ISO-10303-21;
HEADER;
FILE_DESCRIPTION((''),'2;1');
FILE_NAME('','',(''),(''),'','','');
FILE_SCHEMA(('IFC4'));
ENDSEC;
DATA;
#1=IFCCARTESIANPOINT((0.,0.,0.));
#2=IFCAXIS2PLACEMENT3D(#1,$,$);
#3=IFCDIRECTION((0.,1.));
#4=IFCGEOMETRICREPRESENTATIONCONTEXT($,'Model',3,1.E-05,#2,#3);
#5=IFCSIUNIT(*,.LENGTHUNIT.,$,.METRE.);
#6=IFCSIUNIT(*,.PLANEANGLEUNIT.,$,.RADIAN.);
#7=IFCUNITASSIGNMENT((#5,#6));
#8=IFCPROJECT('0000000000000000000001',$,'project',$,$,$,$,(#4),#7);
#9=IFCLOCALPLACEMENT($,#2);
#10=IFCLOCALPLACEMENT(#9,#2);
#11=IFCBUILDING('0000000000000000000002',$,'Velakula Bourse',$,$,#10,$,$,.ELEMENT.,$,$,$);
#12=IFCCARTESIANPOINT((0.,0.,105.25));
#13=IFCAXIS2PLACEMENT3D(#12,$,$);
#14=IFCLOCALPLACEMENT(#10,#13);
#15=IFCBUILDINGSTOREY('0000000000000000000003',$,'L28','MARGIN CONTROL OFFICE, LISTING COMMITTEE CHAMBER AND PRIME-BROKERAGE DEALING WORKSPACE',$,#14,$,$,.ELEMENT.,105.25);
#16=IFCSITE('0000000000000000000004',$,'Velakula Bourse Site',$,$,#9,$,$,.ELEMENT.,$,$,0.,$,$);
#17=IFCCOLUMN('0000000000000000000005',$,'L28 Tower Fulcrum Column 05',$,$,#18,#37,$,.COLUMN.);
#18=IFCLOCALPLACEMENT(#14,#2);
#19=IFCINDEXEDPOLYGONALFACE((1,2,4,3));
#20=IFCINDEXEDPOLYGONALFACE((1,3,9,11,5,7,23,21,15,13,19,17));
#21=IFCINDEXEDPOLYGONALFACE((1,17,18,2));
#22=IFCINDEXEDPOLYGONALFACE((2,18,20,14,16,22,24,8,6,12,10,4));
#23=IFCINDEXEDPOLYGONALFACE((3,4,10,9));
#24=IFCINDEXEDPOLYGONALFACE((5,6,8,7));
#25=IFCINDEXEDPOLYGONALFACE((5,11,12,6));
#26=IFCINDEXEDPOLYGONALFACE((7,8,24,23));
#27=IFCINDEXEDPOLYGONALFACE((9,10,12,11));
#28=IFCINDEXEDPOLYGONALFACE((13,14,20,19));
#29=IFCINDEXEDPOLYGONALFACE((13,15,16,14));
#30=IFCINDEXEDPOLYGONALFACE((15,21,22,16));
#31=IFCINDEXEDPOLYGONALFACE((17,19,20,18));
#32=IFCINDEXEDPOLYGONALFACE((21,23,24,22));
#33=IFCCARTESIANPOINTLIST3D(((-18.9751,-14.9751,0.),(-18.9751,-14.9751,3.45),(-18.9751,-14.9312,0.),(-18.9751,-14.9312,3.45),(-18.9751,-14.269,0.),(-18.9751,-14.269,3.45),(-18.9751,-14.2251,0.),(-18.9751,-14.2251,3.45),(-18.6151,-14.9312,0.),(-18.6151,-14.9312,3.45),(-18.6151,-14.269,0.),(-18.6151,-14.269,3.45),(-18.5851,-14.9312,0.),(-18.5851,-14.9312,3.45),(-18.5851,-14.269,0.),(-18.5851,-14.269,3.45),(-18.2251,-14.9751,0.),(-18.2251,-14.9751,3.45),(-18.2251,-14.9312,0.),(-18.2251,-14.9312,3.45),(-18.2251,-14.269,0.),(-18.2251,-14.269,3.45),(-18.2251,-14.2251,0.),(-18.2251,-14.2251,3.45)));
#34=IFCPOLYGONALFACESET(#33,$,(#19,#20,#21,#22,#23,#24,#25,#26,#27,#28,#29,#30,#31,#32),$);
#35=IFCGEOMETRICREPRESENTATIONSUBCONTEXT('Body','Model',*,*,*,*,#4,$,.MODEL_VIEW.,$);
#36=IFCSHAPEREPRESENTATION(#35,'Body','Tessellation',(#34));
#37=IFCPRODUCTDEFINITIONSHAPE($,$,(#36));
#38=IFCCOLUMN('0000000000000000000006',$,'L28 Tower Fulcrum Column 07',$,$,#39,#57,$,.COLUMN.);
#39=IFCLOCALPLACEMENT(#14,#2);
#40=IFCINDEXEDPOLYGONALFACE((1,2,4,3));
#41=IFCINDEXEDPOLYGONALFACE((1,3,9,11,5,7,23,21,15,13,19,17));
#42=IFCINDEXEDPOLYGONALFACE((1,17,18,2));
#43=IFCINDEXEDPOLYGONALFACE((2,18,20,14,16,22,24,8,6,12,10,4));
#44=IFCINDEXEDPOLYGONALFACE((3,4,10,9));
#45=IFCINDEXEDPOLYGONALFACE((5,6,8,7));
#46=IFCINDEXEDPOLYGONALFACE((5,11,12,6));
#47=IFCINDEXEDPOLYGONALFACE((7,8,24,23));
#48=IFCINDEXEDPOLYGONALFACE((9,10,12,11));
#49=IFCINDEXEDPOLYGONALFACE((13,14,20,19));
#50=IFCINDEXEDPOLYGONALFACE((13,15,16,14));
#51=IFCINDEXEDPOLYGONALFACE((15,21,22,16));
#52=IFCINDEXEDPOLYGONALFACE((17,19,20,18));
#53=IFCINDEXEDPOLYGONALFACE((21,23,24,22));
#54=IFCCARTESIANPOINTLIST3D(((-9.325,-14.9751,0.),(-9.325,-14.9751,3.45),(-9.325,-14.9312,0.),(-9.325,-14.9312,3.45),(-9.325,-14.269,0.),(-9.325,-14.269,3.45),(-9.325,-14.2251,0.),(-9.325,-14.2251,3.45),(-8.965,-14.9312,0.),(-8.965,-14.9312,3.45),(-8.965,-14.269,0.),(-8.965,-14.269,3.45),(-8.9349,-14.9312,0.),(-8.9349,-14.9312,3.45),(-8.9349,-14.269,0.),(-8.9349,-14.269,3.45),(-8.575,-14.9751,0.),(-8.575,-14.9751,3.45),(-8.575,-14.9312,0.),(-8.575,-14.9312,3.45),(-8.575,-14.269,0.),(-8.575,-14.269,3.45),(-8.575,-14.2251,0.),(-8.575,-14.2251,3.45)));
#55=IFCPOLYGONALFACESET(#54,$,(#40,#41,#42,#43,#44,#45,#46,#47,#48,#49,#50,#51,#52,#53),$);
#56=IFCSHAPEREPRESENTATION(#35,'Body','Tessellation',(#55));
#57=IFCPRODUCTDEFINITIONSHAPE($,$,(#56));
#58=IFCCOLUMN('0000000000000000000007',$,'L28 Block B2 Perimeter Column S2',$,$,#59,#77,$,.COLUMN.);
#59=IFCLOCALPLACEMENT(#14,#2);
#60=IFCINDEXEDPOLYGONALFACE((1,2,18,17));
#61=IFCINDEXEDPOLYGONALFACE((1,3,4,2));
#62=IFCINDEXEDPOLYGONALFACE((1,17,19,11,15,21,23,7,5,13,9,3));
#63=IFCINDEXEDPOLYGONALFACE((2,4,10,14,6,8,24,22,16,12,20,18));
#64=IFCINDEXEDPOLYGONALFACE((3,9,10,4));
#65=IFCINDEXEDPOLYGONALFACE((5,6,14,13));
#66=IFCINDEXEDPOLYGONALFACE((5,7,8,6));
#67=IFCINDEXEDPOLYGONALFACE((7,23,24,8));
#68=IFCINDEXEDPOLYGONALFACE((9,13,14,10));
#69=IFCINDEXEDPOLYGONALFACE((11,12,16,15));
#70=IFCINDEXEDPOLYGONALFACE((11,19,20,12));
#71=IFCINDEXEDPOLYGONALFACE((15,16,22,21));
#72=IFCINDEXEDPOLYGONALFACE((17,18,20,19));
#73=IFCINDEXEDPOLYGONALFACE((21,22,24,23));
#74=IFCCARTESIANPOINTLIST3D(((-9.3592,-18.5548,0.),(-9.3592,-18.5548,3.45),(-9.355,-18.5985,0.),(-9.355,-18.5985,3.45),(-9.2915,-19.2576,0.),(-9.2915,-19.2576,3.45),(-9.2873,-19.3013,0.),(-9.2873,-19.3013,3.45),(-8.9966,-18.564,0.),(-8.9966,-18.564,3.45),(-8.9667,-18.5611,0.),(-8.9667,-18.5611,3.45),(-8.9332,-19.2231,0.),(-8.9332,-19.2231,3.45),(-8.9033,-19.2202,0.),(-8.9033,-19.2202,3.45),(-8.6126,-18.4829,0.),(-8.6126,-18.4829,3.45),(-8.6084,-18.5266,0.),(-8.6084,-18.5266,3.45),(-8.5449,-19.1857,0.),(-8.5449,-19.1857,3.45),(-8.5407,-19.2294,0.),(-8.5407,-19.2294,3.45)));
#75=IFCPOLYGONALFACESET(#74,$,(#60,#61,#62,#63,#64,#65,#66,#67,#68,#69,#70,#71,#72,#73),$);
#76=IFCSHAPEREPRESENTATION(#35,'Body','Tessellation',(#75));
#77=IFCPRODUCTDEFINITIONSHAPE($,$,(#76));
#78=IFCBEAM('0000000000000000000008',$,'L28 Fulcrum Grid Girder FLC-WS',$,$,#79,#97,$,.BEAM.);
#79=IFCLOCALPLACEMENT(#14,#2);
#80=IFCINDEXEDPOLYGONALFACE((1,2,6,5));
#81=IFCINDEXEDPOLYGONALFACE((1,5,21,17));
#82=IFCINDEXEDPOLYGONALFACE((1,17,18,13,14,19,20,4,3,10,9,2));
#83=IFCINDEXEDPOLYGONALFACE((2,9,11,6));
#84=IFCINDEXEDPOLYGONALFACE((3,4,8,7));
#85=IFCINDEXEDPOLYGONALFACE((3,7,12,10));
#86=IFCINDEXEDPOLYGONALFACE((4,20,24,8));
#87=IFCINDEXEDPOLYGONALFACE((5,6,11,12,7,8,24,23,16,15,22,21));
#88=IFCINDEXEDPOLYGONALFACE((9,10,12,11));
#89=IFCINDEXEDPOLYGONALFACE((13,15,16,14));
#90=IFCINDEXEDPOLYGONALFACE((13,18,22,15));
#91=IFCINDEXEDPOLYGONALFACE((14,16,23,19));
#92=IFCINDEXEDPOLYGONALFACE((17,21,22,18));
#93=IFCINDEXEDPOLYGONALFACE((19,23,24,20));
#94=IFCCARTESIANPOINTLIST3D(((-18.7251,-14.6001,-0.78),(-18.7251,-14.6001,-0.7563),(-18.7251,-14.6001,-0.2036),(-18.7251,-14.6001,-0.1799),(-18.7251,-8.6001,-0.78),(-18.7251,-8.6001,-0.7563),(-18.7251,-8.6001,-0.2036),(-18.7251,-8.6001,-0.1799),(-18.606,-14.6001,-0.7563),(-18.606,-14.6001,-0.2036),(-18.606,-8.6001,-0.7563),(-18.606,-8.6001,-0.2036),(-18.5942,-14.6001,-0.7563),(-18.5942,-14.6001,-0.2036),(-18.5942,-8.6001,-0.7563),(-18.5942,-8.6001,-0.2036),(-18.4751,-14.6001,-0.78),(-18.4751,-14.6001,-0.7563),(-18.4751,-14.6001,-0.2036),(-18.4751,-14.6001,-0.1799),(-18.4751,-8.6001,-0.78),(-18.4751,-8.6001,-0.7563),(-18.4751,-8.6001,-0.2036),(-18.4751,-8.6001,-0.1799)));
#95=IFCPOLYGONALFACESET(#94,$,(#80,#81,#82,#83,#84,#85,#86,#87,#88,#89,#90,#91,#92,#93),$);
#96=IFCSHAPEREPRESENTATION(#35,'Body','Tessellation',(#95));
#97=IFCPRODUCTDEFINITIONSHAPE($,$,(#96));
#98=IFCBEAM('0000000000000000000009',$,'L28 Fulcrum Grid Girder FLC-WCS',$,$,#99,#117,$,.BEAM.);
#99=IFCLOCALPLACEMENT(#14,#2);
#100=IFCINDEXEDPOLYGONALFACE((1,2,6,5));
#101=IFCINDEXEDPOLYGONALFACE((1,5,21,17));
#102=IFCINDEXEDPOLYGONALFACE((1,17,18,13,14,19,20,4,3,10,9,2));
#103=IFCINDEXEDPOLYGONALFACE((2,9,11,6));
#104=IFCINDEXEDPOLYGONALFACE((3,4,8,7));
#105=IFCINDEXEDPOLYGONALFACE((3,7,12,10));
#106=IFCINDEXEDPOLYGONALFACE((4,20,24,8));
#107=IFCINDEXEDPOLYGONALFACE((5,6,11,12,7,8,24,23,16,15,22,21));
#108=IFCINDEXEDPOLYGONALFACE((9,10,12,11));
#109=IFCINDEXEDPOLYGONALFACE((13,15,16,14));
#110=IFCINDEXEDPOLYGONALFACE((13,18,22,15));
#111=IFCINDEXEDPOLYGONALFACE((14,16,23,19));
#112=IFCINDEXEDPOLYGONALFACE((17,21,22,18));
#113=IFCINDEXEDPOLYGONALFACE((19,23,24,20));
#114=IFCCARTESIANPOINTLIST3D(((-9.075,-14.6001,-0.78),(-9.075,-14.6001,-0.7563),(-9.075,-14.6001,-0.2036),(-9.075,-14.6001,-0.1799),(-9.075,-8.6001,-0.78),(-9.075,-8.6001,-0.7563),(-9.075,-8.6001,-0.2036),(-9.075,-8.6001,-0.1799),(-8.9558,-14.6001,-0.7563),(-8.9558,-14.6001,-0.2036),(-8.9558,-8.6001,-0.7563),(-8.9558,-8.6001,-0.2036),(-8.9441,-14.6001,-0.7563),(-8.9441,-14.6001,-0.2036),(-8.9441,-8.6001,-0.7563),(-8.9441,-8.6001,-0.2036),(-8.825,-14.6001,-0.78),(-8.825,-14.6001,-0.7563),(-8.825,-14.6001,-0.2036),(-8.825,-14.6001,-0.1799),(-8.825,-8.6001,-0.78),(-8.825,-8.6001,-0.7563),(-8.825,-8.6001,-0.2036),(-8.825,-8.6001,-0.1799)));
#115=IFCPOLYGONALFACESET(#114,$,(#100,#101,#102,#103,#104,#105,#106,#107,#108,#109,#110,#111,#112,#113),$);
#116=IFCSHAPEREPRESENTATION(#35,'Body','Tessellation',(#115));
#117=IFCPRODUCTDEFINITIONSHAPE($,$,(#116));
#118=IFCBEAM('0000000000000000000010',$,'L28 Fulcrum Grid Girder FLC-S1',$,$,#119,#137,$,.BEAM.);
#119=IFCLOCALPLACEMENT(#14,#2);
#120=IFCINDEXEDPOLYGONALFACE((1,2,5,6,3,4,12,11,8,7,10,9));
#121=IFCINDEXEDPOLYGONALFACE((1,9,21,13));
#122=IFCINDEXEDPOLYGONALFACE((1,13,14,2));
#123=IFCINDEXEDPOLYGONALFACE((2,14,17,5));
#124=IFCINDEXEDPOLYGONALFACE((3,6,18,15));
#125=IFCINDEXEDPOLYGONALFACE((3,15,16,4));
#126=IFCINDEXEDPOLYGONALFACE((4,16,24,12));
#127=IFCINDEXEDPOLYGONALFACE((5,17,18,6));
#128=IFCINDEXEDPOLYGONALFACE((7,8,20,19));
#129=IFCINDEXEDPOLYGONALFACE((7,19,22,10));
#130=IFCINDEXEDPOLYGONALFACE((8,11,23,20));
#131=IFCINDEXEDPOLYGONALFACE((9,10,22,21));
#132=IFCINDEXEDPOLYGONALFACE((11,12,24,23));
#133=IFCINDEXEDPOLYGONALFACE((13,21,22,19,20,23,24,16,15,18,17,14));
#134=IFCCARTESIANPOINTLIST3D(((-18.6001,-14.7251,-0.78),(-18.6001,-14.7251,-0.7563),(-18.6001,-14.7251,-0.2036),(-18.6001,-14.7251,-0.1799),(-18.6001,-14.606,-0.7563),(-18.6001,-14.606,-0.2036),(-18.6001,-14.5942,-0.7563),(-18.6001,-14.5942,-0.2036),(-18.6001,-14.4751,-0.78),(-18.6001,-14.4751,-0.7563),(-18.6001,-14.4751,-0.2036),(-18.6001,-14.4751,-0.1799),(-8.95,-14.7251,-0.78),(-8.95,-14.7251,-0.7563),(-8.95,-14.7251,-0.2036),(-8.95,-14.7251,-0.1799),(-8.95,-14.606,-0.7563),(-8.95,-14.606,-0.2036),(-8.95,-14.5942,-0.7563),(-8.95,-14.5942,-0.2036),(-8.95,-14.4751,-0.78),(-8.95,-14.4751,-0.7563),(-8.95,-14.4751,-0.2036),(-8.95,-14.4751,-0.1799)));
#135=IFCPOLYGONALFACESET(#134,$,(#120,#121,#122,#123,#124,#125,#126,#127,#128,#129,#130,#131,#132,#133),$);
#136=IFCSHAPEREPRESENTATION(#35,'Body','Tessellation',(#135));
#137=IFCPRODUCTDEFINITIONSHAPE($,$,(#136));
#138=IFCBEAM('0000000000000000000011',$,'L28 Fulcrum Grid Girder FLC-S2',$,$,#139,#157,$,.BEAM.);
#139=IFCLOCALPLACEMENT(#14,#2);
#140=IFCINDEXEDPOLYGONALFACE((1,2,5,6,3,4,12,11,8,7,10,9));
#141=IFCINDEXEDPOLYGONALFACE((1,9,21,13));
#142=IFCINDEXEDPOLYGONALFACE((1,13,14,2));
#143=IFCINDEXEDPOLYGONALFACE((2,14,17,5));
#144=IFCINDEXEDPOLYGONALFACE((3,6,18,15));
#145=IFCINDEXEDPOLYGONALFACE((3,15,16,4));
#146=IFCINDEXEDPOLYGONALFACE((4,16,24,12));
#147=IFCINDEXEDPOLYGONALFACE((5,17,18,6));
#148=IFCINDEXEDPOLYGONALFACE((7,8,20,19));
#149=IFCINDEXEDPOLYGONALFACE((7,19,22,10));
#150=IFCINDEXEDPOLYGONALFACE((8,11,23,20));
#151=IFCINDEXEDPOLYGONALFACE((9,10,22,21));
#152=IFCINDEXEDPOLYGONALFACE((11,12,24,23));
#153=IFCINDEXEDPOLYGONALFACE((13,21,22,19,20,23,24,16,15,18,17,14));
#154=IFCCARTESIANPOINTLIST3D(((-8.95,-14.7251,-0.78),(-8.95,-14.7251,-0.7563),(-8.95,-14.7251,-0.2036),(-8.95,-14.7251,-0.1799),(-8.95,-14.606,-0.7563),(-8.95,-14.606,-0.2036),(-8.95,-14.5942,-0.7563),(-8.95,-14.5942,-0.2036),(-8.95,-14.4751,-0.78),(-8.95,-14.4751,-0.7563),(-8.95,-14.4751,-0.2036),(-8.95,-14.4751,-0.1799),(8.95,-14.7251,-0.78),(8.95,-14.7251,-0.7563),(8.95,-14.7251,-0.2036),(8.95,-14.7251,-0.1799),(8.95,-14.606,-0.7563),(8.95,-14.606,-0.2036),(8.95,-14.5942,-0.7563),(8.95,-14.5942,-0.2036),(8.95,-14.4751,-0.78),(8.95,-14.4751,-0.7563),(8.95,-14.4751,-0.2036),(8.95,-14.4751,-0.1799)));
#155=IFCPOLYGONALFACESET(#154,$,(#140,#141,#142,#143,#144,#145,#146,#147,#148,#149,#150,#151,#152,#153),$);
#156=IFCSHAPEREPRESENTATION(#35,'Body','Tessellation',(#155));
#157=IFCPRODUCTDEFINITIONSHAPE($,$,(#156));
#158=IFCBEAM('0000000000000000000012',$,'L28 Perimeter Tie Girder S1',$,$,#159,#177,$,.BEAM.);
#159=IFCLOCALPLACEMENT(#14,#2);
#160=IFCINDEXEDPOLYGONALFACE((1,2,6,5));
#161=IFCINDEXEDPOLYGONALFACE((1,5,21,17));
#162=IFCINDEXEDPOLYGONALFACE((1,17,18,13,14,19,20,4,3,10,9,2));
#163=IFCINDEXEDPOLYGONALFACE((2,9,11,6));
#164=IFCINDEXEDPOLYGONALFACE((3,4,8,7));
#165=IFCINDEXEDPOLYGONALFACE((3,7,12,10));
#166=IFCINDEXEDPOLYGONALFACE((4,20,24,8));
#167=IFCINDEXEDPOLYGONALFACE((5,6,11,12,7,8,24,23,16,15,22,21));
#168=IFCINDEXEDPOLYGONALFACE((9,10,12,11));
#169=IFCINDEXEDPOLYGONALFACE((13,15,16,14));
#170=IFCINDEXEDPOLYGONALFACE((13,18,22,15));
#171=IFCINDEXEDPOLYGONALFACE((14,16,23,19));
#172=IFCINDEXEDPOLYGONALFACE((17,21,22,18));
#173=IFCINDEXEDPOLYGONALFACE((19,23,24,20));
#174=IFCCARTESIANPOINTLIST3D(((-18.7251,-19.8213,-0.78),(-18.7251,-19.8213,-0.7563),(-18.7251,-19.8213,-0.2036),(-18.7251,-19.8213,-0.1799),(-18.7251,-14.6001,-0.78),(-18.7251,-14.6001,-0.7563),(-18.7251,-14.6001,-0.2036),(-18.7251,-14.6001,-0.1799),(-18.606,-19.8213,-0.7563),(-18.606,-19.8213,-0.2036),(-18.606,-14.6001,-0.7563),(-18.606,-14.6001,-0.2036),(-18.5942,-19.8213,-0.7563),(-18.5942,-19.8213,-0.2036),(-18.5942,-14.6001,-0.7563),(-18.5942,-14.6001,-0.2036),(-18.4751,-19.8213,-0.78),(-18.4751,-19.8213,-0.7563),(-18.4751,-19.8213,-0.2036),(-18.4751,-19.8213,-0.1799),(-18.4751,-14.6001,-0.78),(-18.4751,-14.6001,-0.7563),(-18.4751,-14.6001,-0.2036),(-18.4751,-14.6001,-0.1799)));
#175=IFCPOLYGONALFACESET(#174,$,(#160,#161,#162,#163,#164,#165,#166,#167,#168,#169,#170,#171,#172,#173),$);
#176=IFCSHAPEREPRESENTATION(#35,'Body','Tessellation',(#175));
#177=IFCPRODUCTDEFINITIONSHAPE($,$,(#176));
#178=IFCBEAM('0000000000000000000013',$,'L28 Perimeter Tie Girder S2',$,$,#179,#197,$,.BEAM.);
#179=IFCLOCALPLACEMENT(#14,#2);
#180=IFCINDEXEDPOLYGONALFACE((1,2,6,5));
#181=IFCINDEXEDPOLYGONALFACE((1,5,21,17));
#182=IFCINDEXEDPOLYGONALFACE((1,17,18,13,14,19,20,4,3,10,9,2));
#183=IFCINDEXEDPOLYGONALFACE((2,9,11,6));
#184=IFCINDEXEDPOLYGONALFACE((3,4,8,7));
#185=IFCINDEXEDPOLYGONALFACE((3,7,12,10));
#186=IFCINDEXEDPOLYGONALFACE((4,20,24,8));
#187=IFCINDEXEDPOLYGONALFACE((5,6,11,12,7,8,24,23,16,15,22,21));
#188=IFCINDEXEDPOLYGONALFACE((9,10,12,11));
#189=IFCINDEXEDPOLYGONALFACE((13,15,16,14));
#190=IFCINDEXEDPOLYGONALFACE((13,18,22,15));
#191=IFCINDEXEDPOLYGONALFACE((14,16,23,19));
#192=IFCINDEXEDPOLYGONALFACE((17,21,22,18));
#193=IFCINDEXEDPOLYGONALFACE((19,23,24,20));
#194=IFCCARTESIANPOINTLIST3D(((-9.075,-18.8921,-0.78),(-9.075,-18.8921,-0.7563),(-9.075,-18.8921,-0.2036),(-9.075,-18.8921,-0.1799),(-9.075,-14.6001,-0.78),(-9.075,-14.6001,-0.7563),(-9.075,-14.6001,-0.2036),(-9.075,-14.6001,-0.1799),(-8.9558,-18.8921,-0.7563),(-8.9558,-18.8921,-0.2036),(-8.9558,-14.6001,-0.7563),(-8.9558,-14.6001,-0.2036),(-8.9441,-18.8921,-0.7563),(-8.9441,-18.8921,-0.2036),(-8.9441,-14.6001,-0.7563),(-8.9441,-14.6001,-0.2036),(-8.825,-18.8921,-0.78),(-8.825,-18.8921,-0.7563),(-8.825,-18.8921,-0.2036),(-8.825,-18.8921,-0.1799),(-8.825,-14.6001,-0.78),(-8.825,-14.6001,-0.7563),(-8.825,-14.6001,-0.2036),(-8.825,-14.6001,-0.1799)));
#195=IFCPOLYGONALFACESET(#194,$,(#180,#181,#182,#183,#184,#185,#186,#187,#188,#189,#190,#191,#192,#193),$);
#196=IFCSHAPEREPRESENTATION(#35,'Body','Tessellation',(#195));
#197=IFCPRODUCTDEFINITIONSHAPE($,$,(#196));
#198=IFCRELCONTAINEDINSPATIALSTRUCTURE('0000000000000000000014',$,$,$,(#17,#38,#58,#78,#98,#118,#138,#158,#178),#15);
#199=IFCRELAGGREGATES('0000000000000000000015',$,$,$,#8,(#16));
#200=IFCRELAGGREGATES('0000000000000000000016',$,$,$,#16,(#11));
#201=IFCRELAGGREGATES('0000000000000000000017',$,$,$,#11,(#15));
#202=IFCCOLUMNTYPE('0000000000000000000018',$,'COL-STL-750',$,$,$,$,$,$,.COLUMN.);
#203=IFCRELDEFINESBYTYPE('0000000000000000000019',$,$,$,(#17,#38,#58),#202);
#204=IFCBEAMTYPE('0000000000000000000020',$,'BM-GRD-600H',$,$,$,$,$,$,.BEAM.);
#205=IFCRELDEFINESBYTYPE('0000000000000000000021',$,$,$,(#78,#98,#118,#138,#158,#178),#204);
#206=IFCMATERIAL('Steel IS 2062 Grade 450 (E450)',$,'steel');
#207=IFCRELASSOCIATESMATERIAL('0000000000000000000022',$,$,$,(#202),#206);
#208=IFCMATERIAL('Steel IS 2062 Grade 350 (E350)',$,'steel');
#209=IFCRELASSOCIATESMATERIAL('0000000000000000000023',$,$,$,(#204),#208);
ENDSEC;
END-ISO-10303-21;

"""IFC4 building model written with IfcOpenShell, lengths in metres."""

from ifc_helpers import new_model, si_unit, direction, frame, origin, origin_2d, place, context, subcontext, project, spatial, i_section, extrude, material, material_profile, profile_set, type_object, element, save


model = new_model("IFC4")

# Units and contexts
model_context = context("Model", 3, precision=1e-05, world=origin(), true_north=direction((0.0, 1.0)))
body_context = subcontext(model_context, "Body", "Model", "MODEL_VIEW")
ifc_project = project(units=[si_unit("LENGTHUNIT", "METRE"), si_unit("PLANEANGLEUNIT", "RADIAN")], contexts=[model_context])

# Site, building, storey
site_placement = place(None, origin())
site = spatial("IfcSite", under=ifc_project, at=site_placement, Name="Velakula Bourse Site", CompositionType="ELEMENT", RefElevation=0.0)
building_placement = place(site_placement, origin())
building = spatial("IfcBuilding", under=site, at=building_placement, Name="Velakula Bourse", CompositionType="ELEMENT")
storey_placement = place(building_placement, frame((0.0, 0.0, 105.25)))
storey = spatial("IfcBuildingStorey", under=building, at=storey_placement, Name="L28", Description="MARGIN CONTROL OFFICE, LISTING COMMITTEE CHAMBER AND PRIME-BROKERAGE DEALING WORKSPACE", CompositionType="ELEMENT", Elevation=105.25)

# Columns
ifc_material_1 = material(Name="Steel IS 2062 Grade 450 (E450)", Category="steel")
ifc_material_profile_1 = material_profile(ifc_material_1, i_section(OverallWidth=0.75, OverallDepth=0.75, WebThickness=0.03, FlangeThickness=0.0439, at=origin_2d()), Name="Steel IS 2062 Grade 450 (E450)")
ifc_profile_set_1 = profile_set([ifc_material_profile_1], Name="Steel IS 2062 Grade 450 (E450)")
column_type = type_object("IfcColumnType", Name="COL-STL-750", PredefinedType="COLUMN", material=ifc_profile_set_1)
for number, where, z_axis, x_axis, name in (
    (1, (-18.6001, -14.6001, 0.0), (0.0, 0.0, 1.0), (1.0, 0.0, 0.0), "L28 Tower Fulcrum Column 05"),
    (2, (-8.95, -14.6001, 0.0), (0.0, 0.0, 1.0), (1.0, 0.0, 0.0), "L28 Tower Fulcrum Column 07"),
    (3, (-8.95, -18.8921, 0.0), (0.0, 0.0, 1.0), (0.995396, 0.095846, 0.0), "L28 Block B2 Perimeter Column S2"),
):
    element("IfcColumn", number, at=place(storey_placement, frame(where, z_axis=z_axis, x_axis=x_axis)), inside=storey, type_object=column_type, Name=name, PredefinedType="COLUMN", context=body_context, shape_type="SweptSolid", body=[
        extrude(i_section(OverallWidth=0.75, OverallDepth=0.75, WebThickness=0.03, FlangeThickness=0.0439, at=origin_2d()), origin(), (0.0, 0.0, 1.0), 3.45),
    ])

# Beams
ifc_material_2 = material(Name="Steel IS 2062 Grade 350 (E350)", Category="steel")
ifc_material_profile_2 = material_profile(ifc_material_2, i_section(OverallWidth=0.25, OverallDepth=0.6001, WebThickness=0.0117, FlangeThickness=0.0237, at=origin_2d()), Name="Steel IS 2062 Grade 350 (E350)")
ifc_profile_set_2 = profile_set([ifc_material_profile_2], Name="Steel IS 2062 Grade 350 (E350)")
beam_type_1 = type_object("IfcBeamType", Name="BM-GRD-600H", PredefinedType="BEAM", material=ifc_profile_set_2)
for number, where, z_axis, x_axis, name in (
    (4, (-18.6001, -14.6001, -0.48), (0.0, 1.0, 0.0), (-1.0, 0.0, 0.0), "L28 Fulcrum Grid Girder FLC-WS"),
    (5, (-8.95, -14.6001, -0.48), (0.0, 1.0, 0.0), (-1.0, 0.0, 0.0), "L28 Fulcrum Grid Girder FLC-WCS"),
):
    element("IfcBeam", number, at=place(storey_placement, frame(where, z_axis=z_axis, x_axis=x_axis)), inside=storey, type_object=beam_type_1, Name=name, PredefinedType="BEAM", context=body_context, shape_type="SweptSolid", body=[
        extrude(i_section(OverallWidth=0.25, OverallDepth=0.6001, WebThickness=0.0117, FlangeThickness=0.0237, at=origin_2d()), origin(), (0.0, 0.0, 1.0), 6.0),
    ])
beam_1_placement = place(storey_placement, frame((-18.6001, -14.6001, -0.48), z_axis=(1.0, 0.0, 0.0), x_axis=(0.0, 1.0, 0.0)))
element("IfcBeam", 6, at=beam_1_placement, inside=storey, type_object=beam_type_1, Name="L28 Fulcrum Grid Girder FLC-S1", PredefinedType="BEAM", context=body_context, shape_type="SweptSolid", body=[
    extrude(i_section(OverallWidth=0.25, OverallDepth=0.6001, WebThickness=0.0117, FlangeThickness=0.0237, at=origin_2d()), origin(), (0.0, 0.0, 1.0), 9.6501),
])
beam_2_placement = place(storey_placement, frame((-8.95, -14.6001, -0.48), z_axis=(1.0, 0.0, 0.0), x_axis=(0.0, 1.0, 0.0)))
element("IfcBeam", 7, at=beam_2_placement, inside=storey, type_object=beam_type_1, Name="L28 Fulcrum Grid Girder FLC-S2", PredefinedType="BEAM", context=body_context, shape_type="SweptSolid", body=[
    extrude(i_section(OverallWidth=0.25, OverallDepth=0.6001, WebThickness=0.0117, FlangeThickness=0.0237, at=origin_2d()), origin(), (0.0, 0.0, 1.0), 17.8999),
])
beam_3_placement = place(storey_placement, frame((-18.6001, -14.6001, -0.48), z_axis=(0.0, -1.0, 0.0), x_axis=(1.0, 0.0, 0.0)))
element("IfcBeam", 8, at=beam_3_placement, inside=storey, type_object=beam_type_1, Name="L28 Perimeter Tie Girder S1", PredefinedType="BEAM", context=body_context, shape_type="SweptSolid", body=[
    extrude(i_section(OverallWidth=0.25, OverallDepth=0.6001, WebThickness=0.0117, FlangeThickness=0.0237, at=origin_2d()), origin(), (0.0, 0.0, 1.0), 5.2212),
])
beam_4_placement = place(storey_placement, frame((-8.95, -14.6001, -0.48), z_axis=(0.0, -1.0, 0.0), x_axis=(1.0, 0.0, 0.0)))
element("IfcBeam", 9, at=beam_4_placement, inside=storey, type_object=beam_type_1, Name="L28 Perimeter Tie Girder S2", PredefinedType="BEAM", context=body_context, shape_type="SweptSolid", body=[
    extrude(i_section(OverallWidth=0.25, OverallDepth=0.6001, WebThickness=0.0117, FlangeThickness=0.0237, at=origin_2d()), origin(), (0.0, 0.0, 1.0), 4.292),
])

save(model, "model.ifc")
